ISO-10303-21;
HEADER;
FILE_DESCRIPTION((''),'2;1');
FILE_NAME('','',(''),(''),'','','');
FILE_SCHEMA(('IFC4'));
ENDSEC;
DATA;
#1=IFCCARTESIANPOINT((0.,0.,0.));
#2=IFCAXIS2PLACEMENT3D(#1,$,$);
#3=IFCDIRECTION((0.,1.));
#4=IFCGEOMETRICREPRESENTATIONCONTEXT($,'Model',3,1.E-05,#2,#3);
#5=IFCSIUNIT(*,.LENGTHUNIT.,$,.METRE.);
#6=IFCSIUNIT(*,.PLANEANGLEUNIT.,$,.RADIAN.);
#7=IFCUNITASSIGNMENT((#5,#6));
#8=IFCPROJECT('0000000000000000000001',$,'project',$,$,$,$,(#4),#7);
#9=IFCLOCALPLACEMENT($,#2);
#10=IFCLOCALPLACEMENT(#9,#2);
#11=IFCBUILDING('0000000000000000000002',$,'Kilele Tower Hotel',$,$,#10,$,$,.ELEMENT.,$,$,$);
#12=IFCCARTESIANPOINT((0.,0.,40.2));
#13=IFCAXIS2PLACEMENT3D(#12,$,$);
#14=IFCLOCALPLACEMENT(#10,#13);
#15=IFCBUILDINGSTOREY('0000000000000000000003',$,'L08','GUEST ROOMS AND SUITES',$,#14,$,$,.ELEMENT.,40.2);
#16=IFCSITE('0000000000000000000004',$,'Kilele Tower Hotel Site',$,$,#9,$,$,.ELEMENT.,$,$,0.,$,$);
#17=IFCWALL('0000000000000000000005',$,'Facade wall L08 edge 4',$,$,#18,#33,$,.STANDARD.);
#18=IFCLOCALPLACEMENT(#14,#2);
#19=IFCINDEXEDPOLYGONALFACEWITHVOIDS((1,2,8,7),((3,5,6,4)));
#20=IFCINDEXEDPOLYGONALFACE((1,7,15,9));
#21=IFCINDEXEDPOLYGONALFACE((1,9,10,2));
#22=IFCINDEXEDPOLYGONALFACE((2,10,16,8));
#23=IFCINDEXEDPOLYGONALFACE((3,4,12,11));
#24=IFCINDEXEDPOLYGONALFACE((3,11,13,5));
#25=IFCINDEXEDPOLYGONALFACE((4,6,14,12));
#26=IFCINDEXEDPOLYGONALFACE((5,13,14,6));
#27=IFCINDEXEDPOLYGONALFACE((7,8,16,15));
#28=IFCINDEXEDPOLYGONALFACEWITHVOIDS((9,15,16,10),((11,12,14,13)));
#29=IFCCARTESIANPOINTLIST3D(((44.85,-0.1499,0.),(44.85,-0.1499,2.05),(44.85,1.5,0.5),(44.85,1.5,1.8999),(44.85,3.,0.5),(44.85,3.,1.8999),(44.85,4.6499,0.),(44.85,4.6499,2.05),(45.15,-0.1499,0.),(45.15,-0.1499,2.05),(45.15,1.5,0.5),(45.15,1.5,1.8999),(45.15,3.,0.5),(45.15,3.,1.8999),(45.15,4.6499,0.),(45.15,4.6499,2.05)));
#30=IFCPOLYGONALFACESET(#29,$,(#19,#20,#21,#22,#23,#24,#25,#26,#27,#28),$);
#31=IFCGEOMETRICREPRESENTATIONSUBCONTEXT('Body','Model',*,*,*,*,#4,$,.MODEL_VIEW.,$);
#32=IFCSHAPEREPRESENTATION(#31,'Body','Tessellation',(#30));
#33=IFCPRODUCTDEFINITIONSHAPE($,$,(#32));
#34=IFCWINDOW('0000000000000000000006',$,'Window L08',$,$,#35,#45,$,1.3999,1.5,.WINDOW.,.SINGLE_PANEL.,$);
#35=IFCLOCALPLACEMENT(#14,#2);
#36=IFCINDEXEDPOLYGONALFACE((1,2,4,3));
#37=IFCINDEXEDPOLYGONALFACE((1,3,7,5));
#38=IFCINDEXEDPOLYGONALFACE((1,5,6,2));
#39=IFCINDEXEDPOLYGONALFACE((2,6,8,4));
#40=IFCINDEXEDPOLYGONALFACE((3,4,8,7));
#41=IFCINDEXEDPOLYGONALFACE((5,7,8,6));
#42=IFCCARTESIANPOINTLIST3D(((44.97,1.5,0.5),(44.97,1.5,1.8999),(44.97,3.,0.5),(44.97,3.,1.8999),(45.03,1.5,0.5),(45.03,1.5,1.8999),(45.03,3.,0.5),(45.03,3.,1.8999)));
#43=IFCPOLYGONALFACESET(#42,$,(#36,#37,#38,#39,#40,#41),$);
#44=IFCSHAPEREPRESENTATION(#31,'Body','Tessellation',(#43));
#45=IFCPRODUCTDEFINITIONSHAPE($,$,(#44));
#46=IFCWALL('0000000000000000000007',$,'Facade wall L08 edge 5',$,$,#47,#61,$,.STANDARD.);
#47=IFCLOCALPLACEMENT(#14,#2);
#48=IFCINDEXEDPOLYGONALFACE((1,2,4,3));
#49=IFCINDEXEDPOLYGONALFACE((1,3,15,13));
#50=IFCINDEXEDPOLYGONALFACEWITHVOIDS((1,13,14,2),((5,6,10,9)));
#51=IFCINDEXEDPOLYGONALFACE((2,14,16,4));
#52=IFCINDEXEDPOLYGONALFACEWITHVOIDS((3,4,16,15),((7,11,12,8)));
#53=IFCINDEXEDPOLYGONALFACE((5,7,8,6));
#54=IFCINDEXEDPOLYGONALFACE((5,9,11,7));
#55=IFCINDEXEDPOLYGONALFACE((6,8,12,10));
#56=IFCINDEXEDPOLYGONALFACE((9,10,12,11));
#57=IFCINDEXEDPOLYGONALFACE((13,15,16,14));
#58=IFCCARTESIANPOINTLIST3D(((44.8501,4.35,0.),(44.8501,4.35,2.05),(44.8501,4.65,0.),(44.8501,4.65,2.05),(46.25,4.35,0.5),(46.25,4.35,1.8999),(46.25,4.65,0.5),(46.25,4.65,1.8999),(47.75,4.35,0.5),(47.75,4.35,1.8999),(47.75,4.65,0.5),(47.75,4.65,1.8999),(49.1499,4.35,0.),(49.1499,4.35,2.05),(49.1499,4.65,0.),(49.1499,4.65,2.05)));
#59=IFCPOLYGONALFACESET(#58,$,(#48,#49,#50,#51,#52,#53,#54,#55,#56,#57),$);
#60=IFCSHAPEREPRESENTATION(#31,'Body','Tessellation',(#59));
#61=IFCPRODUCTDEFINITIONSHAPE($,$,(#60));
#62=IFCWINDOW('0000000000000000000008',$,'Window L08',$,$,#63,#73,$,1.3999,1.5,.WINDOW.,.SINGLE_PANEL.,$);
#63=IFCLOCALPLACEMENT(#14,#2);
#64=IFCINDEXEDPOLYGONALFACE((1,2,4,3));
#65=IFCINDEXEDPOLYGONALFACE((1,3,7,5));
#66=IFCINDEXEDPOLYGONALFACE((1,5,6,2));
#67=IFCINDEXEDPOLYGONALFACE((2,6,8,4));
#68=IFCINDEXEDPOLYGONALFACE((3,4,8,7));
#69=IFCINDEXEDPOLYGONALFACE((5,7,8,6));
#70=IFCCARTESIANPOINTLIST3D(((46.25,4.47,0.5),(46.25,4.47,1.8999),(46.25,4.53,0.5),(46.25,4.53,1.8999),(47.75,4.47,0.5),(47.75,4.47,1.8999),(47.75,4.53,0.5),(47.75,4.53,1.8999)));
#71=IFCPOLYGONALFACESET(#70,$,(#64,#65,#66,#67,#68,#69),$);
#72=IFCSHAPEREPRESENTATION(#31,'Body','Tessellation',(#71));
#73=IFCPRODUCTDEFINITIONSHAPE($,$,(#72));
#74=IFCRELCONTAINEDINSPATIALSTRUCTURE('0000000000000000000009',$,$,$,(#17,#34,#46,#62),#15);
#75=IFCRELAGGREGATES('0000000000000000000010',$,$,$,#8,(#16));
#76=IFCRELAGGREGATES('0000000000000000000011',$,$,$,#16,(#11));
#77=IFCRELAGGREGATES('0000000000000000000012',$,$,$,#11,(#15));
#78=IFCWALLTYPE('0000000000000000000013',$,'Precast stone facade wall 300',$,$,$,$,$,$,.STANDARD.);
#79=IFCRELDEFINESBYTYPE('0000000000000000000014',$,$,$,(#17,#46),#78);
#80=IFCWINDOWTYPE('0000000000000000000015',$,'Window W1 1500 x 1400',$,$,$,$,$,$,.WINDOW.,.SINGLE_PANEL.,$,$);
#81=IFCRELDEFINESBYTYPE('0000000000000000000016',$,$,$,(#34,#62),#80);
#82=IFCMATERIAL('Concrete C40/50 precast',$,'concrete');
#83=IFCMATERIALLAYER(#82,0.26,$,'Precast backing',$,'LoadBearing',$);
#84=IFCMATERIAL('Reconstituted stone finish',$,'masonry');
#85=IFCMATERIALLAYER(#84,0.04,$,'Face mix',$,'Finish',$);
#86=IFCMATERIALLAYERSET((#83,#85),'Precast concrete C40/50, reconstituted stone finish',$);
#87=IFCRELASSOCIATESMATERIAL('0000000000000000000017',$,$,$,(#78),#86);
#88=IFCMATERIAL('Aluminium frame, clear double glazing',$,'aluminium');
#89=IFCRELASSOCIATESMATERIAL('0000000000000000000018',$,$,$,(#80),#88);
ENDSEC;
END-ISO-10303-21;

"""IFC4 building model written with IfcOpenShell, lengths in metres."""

from ifc_helpers import new_model, si_unit, direction, frame, frame_2d, origin, place, context, subcontext, project, spatial, rectangle, extrude, material, layer, layer_set, type_object, element, fill, save


model = new_model("IFC4")

# Units and contexts
model_context = context("Model", 3, precision=1e-05, world=origin(), true_north=direction((0.0, 1.0)))
body_context = subcontext(model_context, "Body", "Model", "MODEL_VIEW")
ifc_project = project(units=[si_unit("LENGTHUNIT", "METRE"), si_unit("PLANEANGLEUNIT", "RADIAN")], contexts=[model_context])

# Site, building, storey
site_placement = place(None, origin())
site = spatial("IfcSite", under=ifc_project, at=site_placement, Name="Kilele Tower Hotel Site", CompositionType="ELEMENT", RefElevation=0.0)
building_placement = place(site_placement, origin())
building = spatial("IfcBuilding", under=site, at=building_placement, Name="Kilele Tower Hotel", CompositionType="ELEMENT")
storey_placement = place(building_placement, frame((0.0, 0.0, 40.2)))
storey = spatial("IfcBuildingStorey", under=building, at=storey_placement, Name="L08", Description="GUEST ROOMS AND SUITES", CompositionType="ELEMENT", Elevation=40.2)

# Walls, openings, windows
ifc_material_1 = material(Name="Concrete C40/50 precast", Category="concrete")
ifc_layer_1 = layer(ifc_material_1, 0.26, Name="Precast backing", Category="LoadBearing")
ifc_material_2 = material(Name="Reconstituted stone finish", Category="masonry")
ifc_layer_2 = layer(ifc_material_2, 0.04, Name="Face mix", Category="Finish")
ifc_layer_set_1 = layer_set([ifc_layer_1, ifc_layer_2], Name="Precast concrete C40/50, reconstituted stone finish")
wall_type_1 = type_object("IfcWallType", Name="Precast stone facade wall 300", PredefinedType="STANDARD", material=ifc_layer_set_1)
wall_1_placement = place(storey_placement, frame((45.0, -0.1499, 0.0), z_axis=(0.0, 0.0, 1.0), x_axis=(0.0, 1.0, 0.0)))
wall_1 = element("IfcWall", 1, at=wall_1_placement, inside=storey, type_object=wall_type_1, Name="Facade wall L08 edge 4", PredefinedType="STANDARD", context=body_context, shape_type="SweptSolid", body=[
    extrude(rectangle(XDim=4.7998, YDim=0.3, at=frame_2d((2.3999, 0.0))), origin(), (0.0, 0.0, 1.0), 2.05),
])
opening_1_placement = place(wall_1_placement, frame((1.6499, 0.0, 0.5)))
opening_1 = element("IfcOpeningElement", 2, at=opening_1_placement, cuts=wall_1, PredefinedType="OPENING", context=body_context, shape_type="SweptSolid", body=[
    extrude(rectangle(XDim=1.5, YDim=1.3999, at=frame_2d((0.75, 0.7))), frame((0.0, 0.1599, 0.0), z_axis=(0.0, -1.0, 0.0), x_axis=(1.0, 0.0, 0.0)), (0.0, 0.0, 1.0), 0.3201),
])
ifc_material_3 = material(Name="Aluminium frame, clear double glazing", Category="aluminium")
window_type = type_object("IfcWindowType", Name="Window W1 1500 x 1400", PartitioningType="SINGLE_PANEL", PredefinedType="WINDOW", material=ifc_material_3)
window_1_placement = place(opening_1_placement, origin())
window_1 = element("IfcWindow", 3, at=window_1_placement, inside=storey, type_object=window_type, Name="Window L08", OverallHeight=1.3999, OverallWidth=1.5, PartitioningType="SINGLE_PANEL", PredefinedType="WINDOW", context=body_context, shape_type="SweptSolid", body=[
    extrude(rectangle(XDim=1.5, YDim=1.3999, at=frame_2d((0.75, 0.7))), frame((0.0, 0.03, 0.0), z_axis=(0.0, -1.0, 0.0), x_axis=(1.0, 0.0, 0.0)), (0.0, 0.0, 1.0), 0.0601),
])
fill(opening_1, window_1)
wall_2_placement = place(storey_placement, frame((44.8501, 4.5, 0.0), z_axis=(0.0, 0.0, 1.0), x_axis=(1.0, 0.0, 0.0)))
wall_2 = element("IfcWall", 4, at=wall_2_placement, inside=storey, type_object=wall_type_1, Name="Facade wall L08 edge 5", PredefinedType="STANDARD", context=body_context, shape_type="SweptSolid", body=[
    extrude(rectangle(XDim=4.2998, YDim=0.3, at=frame_2d((2.1499, 0.0))), origin(), (0.0, 0.0, 1.0), 2.05),
])
opening_2_placement = place(wall_2_placement, frame((1.3999, 0.0, 0.5)))
opening_2 = element("IfcOpeningElement", 5, at=opening_2_placement, cuts=wall_2, PredefinedType="OPENING", context=body_context, shape_type="SweptSolid", body=[
    extrude(rectangle(XDim=1.5, YDim=1.3999, at=frame_2d((0.75, 0.7))), frame((0.0, 0.1599, 0.0), z_axis=(0.0, -1.0, 0.0), x_axis=(1.0, 0.0, 0.0)), (0.0, 0.0, 1.0), 0.3201),
])
window_2_placement = place(opening_2_placement, origin())
window_2 = element("IfcWindow", 6, at=window_2_placement, inside=storey, type_object=window_type, Name="Window L08", OverallHeight=1.3999, OverallWidth=1.5, PartitioningType="SINGLE_PANEL", PredefinedType="WINDOW", context=body_context, shape_type="SweptSolid", body=[
    extrude(rectangle(XDim=1.5, YDim=1.3999, at=frame_2d((0.75, 0.7))), frame((0.0, 0.03, 0.0), z_axis=(0.0, -1.0, 0.0), x_axis=(1.0, 0.0, 0.0)), (0.0, 0.0, 1.0), 0.0601),
])
fill(opening_2, window_2)

save(model, "model.ifc")
